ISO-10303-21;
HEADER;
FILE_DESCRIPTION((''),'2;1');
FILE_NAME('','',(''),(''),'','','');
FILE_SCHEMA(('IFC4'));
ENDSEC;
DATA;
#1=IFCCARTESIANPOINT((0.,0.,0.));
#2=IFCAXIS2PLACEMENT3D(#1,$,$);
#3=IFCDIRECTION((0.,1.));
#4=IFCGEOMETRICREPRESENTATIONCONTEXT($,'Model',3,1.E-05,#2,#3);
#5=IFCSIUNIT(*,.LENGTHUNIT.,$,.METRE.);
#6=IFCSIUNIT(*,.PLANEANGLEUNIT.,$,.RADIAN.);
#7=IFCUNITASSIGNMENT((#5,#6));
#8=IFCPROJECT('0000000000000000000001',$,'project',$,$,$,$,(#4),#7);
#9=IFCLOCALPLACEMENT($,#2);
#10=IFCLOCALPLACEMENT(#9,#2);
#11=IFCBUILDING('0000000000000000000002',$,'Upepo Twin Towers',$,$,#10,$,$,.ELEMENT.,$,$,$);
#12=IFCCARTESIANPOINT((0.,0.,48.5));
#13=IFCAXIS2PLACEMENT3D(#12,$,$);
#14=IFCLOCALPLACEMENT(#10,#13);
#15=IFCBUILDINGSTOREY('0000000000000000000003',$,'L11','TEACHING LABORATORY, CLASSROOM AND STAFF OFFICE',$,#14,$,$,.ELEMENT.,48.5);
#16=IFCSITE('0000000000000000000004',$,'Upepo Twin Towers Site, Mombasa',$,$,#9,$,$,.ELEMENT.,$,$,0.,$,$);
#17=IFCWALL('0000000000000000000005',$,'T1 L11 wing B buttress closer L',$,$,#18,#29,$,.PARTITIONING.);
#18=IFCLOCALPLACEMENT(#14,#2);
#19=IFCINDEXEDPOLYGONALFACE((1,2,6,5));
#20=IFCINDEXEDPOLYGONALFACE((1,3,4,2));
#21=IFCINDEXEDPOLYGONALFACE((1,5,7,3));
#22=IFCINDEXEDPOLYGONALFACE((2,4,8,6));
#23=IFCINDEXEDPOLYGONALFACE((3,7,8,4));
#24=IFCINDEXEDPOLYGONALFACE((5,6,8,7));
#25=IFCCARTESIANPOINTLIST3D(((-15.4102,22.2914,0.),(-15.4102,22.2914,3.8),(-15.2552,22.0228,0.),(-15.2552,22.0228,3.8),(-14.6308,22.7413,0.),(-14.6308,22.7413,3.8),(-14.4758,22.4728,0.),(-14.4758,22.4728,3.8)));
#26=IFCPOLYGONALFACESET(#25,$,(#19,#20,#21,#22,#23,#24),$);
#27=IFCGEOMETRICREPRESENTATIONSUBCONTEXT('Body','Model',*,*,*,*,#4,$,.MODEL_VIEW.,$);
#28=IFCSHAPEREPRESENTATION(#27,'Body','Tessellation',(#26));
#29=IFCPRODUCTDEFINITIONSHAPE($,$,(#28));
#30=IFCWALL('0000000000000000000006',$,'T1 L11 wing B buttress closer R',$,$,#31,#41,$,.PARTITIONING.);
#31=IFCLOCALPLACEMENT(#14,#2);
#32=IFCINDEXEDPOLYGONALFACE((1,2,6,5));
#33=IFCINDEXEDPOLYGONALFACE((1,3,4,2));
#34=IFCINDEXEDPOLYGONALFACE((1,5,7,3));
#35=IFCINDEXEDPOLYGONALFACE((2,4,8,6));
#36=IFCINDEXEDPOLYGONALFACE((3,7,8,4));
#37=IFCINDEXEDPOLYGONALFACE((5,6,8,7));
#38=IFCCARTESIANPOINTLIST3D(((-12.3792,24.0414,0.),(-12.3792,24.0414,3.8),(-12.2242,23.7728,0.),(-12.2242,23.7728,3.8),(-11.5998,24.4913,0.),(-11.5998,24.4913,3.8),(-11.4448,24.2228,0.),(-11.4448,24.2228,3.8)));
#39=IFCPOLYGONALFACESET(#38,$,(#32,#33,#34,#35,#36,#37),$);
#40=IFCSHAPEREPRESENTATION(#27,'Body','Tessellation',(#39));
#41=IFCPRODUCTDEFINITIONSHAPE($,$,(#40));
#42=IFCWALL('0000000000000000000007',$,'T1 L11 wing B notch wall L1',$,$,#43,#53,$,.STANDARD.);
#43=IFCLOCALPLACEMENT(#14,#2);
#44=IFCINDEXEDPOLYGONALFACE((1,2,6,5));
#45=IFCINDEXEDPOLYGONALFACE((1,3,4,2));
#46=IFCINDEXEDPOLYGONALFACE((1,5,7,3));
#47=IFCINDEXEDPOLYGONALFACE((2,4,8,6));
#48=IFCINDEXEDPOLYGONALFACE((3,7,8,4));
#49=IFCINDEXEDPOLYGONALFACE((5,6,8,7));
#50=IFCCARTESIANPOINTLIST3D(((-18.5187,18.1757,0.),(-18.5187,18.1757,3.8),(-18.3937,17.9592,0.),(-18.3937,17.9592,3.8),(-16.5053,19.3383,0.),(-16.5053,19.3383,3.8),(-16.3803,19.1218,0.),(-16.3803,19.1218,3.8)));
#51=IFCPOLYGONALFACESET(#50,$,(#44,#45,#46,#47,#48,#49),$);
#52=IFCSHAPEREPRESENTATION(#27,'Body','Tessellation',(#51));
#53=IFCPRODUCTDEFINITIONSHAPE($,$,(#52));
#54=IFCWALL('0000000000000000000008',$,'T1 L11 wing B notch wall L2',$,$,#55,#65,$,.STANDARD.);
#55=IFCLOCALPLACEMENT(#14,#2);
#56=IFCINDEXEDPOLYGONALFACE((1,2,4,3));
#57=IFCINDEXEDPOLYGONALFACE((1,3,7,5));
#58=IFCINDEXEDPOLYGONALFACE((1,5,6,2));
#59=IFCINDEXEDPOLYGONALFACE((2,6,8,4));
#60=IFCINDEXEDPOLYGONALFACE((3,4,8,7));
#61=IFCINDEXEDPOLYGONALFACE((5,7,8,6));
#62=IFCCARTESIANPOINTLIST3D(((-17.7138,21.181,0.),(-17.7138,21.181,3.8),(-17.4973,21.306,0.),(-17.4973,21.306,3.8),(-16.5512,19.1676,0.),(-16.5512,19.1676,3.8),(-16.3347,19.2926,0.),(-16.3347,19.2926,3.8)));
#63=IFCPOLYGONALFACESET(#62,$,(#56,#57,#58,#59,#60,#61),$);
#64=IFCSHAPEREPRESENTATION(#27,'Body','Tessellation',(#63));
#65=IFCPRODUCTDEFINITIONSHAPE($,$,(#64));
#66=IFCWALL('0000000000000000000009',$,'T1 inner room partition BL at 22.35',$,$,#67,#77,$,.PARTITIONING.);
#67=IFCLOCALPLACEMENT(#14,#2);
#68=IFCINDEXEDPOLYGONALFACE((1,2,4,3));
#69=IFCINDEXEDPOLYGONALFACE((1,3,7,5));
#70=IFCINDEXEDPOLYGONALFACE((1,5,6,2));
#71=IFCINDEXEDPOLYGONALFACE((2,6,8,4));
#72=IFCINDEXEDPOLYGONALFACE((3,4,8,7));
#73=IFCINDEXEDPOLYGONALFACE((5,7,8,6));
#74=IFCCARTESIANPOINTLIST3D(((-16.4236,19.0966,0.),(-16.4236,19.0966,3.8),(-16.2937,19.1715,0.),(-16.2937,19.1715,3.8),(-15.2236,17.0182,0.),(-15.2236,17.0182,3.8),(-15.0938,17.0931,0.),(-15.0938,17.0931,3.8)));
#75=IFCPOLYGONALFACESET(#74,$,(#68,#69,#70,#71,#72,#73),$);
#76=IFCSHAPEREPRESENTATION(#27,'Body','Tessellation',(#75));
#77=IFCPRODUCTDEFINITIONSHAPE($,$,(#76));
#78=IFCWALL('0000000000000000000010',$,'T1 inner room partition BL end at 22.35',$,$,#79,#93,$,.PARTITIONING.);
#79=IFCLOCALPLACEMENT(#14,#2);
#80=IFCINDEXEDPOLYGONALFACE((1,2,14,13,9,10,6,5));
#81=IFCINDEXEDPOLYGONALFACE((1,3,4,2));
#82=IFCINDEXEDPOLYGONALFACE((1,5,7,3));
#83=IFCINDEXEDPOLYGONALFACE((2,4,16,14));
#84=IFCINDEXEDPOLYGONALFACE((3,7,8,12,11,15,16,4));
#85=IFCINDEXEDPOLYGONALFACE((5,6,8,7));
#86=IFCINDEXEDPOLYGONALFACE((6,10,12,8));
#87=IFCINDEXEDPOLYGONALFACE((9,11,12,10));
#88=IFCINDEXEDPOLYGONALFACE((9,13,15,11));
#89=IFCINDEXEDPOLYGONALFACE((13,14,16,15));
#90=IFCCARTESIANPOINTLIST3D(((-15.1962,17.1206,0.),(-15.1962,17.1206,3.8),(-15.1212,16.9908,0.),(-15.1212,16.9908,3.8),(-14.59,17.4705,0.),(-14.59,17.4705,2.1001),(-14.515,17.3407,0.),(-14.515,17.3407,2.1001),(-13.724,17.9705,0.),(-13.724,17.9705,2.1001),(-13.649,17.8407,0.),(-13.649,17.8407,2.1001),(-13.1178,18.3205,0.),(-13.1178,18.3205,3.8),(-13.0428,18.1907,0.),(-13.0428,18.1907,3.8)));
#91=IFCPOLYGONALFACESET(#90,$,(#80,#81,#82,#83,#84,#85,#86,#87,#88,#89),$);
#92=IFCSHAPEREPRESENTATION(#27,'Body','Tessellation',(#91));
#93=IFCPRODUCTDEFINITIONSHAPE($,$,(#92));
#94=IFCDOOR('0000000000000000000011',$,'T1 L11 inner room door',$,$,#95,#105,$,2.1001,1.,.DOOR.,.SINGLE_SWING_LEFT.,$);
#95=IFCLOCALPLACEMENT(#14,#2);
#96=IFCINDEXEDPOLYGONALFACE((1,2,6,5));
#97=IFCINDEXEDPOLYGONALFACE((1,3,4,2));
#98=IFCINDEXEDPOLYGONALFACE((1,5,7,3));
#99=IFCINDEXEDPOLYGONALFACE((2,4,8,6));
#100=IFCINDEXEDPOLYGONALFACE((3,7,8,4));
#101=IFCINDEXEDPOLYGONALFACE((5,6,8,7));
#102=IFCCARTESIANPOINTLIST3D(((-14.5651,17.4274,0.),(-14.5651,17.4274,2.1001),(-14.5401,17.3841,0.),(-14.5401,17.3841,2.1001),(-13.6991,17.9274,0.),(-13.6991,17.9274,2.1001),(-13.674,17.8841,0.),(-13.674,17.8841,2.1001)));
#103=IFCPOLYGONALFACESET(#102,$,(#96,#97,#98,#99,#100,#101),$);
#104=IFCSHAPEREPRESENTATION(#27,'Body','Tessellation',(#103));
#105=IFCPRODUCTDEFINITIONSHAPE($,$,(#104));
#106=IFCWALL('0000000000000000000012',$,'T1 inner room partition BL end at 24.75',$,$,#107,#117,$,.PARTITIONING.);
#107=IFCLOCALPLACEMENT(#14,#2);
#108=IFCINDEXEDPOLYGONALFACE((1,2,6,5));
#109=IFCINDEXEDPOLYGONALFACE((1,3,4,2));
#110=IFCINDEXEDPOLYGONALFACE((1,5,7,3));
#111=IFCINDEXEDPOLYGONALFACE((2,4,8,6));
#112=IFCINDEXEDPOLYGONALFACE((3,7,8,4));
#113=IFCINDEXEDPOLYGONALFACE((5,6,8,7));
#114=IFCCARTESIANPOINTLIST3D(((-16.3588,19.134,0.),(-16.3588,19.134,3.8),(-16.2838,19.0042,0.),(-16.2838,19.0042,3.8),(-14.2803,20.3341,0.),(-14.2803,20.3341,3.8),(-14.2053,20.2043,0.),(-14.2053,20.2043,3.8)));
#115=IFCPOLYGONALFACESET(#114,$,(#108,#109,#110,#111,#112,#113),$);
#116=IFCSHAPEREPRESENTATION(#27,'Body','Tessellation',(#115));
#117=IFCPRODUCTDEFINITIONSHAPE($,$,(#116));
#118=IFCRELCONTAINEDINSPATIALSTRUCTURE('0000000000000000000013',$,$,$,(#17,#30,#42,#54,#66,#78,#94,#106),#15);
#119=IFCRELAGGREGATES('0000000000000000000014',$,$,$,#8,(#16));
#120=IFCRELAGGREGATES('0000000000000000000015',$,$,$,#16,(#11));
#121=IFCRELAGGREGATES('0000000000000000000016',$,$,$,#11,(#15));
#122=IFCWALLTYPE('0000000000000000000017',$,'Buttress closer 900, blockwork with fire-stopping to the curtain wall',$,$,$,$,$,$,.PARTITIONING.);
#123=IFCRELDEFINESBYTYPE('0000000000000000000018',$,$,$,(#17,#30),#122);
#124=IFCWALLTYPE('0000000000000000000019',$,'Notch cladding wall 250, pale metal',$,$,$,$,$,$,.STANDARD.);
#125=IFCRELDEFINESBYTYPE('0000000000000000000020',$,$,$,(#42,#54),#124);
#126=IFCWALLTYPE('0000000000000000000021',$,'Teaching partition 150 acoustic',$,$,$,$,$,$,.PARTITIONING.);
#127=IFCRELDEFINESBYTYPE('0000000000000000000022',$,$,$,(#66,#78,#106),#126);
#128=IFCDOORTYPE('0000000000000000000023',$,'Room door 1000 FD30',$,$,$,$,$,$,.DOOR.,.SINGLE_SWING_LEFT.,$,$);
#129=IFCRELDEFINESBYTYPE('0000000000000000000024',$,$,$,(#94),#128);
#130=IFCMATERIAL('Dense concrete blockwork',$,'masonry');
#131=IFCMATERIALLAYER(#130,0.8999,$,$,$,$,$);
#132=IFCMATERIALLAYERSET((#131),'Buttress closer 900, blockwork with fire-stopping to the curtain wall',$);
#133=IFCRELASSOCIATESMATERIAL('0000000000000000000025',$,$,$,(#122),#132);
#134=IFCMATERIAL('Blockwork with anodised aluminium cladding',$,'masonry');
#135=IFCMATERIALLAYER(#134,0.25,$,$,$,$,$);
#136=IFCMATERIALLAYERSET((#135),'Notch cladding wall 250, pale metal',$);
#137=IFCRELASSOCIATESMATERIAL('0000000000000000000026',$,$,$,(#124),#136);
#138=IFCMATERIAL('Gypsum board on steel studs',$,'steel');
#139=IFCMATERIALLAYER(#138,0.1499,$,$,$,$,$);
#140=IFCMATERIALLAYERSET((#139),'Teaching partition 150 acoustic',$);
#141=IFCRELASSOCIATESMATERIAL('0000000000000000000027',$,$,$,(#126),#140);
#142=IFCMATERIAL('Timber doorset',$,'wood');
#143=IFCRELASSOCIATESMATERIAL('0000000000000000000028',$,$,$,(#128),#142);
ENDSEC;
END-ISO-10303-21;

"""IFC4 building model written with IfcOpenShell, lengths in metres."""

from ifc_helpers import new_model, si_unit, direction, frame, frame_2d, origin, place, context, subcontext, project, spatial, rectangle, extrude, material, layer, layer_set, type_object, element, fill, save


model = new_model("IFC4")

# Units and contexts
model_context = context("Model", 3, precision=1e-05, world=origin(), true_north=direction((0.0, 1.0)))
body_context = subcontext(model_context, "Body", "Model", "MODEL_VIEW")
ifc_project = project(units=[si_unit("LENGTHUNIT", "METRE"), si_unit("PLANEANGLEUNIT", "RADIAN")], contexts=[model_context])

# Site, building, storey
site_placement = place(None, origin())
site = spatial("IfcSite", under=ifc_project, at=site_placement, Name="Upepo Twin Towers Site, Mombasa", CompositionType="ELEMENT", RefElevation=0.0)
building_placement = place(site_placement, origin())
building = spatial("IfcBuilding", under=site, at=building_placement, Name="Upepo Twin Towers", CompositionType="ELEMENT")
storey_placement = place(building_placement, frame((0.0, 0.0, 48.5)))
storey = spatial("IfcBuildingStorey", under=building, at=storey_placement, Name="L11", Description="TEACHING LABORATORY, CLASSROOM AND STAFF OFFICE", CompositionType="ELEMENT", Elevation=48.5)

# Walls
ifc_material_1 = material(Name="Dense concrete blockwork", Category="masonry")
ifc_layer_1 = layer(ifc_material_1, 0.8999)
ifc_layer_set_1 = layer_set([ifc_layer_1], Name="Buttress closer 900, blockwork with fire-stopping to the curtain wall")
wall_type_1 = type_object("IfcWallType", Name="Buttress closer 900, blockwork with fire-stopping to the curtain wall", PredefinedType="PARTITIONING", material=ifc_layer_set_1)
for number, where, z_axis, x_axis, name in (
    (1, (-14.8655, 22.2478, 0.0), (0.0, 0.0, 1.0), (-0.49995, 0.866054, 0.0), "T1 L11 wing B buttress closer L"),
    (2, (-11.8345, 23.9978, 0.0), (0.0, 0.0, 1.0), (-0.49995, 0.866054, 0.0), "T1 L11 wing B buttress closer R"),
):
    element("IfcWall", number, at=place(storey_placement, frame(where, z_axis=z_axis, x_axis=x_axis)), inside=storey, type_object=wall_type_1, Name=name, PredefinedType="PARTITIONING", context=body_context, shape_type="SweptSolid", body=[
        extrude(rectangle(XDim=0.3101, YDim=0.8999, at=frame_2d((0.155, 0.0))), origin(), (0.0, 0.0, 1.0), 3.8),
    ])
ifc_material_2 = material(Name="Blockwork with anodised aluminium cladding", Category="masonry")
ifc_layer_2 = layer(ifc_material_2, 0.25)
ifc_layer_set_2 = layer_set([ifc_layer_2], Name="Notch cladding wall 250, pale metal")
wall_type_2 = type_object("IfcWallType", Name="Notch cladding wall 250, pale metal", PredefinedType="STANDARD", material=ifc_layer_set_2)
for number, where, z_axis, x_axis, name in (
    (3, (-18.4563, 18.0674, 0.0), (0.0, 0.0, 1.0), (0.865998, 0.500047, 0.0), "T1 L11 wing B notch wall L1"),
    (4, (-16.4429, 19.23, 0.0), (0.0, 0.0, 1.0), (-0.500047, 0.865998, 0.0), "T1 L11 wing B notch wall L2"),
):
    element("IfcWall", number, at=place(storey_placement, frame(where, z_axis=z_axis, x_axis=x_axis)), inside=storey, type_object=wall_type_2, Name=name, PredefinedType="STANDARD", context=body_context, shape_type="SweptSolid", body=[
        extrude(rectangle(XDim=2.325, YDim=0.25, at=frame_2d((1.1626, 0.0))), origin(), (0.0, 0.0, 1.0), 3.8),
    ])
ifc_material_3 = material(Name="Gypsum board on steel studs", Category="steel")
ifc_layer_3 = layer(ifc_material_3, 0.1499)
ifc_layer_set_3 = layer_set([ifc_layer_3], Name="Teaching partition 150 acoustic")
wall_type_3 = type_object("IfcWallType", Name="Teaching partition 150 acoustic", PredefinedType="PARTITIONING", material=ifc_layer_set_3)
wall_1_placement = place(storey_placement, frame((-15.1587, 17.0557, 0.0), z_axis=(0.0, 0.0, 1.0), x_axis=(-0.500001, 0.866025, 0.0)))
element("IfcWall", 5, at=wall_1_placement, inside=storey, type_object=wall_type_3, Name="T1 inner room partition BL at 22.35", PredefinedType="PARTITIONING", context=body_context, shape_type="SweptSolid", body=[
    extrude(rectangle(XDim=2.3999, YDim=0.1499, at=frame_2d((1.2, 0.0))), origin(), (0.0, 0.0, 1.0), 3.8),
])

# Wall, opening, door
wall_2_placement = place(storey_placement, frame((-13.0803, 18.2556, 0.0), z_axis=(0.0, 0.0, 1.0), x_axis=(-0.866025, -0.500001, 0.0)))
wall_2 = element("IfcWall", 6, at=wall_2_placement, inside=storey, type_object=wall_type_3, Name="T1 inner room partition BL end at 22.35", PredefinedType="PARTITIONING", context=body_context, shape_type="SweptSolid", body=[
    extrude(rectangle(XDim=2.3999, YDim=0.1499, at=frame_2d((1.2, 0.0))), origin(), (0.0, 0.0, 1.0), 3.8),
])
opening_placement = place(wall_2_placement, frame((0.7, 0.0, 0.0)))
opening = element("IfcOpeningElement", 7, at=opening_placement, cuts=wall_2, PredefinedType="OPENING", context=body_context, shape_type="SweptSolid", body=[
    extrude(rectangle(XDim=1.0, YDim=2.1001, at=frame_2d((0.5, 1.05))), frame((0.0, 0.085, 0.0), z_axis=(0.0, -1.0, 0.0), x_axis=(1.0, 0.0, 0.0)), (0.0, 0.0, 1.0), 0.1699),
])
ifc_material_4 = material(Name="Timber doorset", Category="wood")
door_type = type_object("IfcDoorType", Name="Room door 1000 FD30", OperationType="SINGLE_SWING_LEFT", PredefinedType="DOOR", material=ifc_material_4)
door_placement = place(opening_placement, origin())
door = element("IfcDoor", 8, at=door_placement, inside=storey, type_object=door_type, Name="T1 L11 inner room door", OperationType="SINGLE_SWING_LEFT", OverallHeight=2.1001, OverallWidth=1.0, PredefinedType="DOOR", context=body_context, shape_type="SweptSolid", body=[
    extrude(rectangle(XDim=1.0, YDim=2.1001, at=frame_2d((0.5, 1.05))), frame((0.0, 0.0249, 0.0), z_axis=(0.0, -1.0, 0.0), x_axis=(1.0, 0.0, 0.0)), (0.0, 0.0, 1.0), 0.05),
])
fill(opening, door)

# Wall
wall_3_placement = place(storey_placement, frame((-14.2427, 20.2693, 0.0), z_axis=(0.0, 0.0, 1.0), x_axis=(-0.866006, -0.500034, 0.0)))
element("IfcWall", 9, at=wall_3_placement, inside=storey, type_object=wall_type_3, Name="T1 inner room partition BL end at 24.75", PredefinedType="PARTITIONING", context=body_context, shape_type="SweptSolid", body=[
    extrude(rectangle(XDim=2.4001, YDim=0.1499, at=frame_2d((1.2002, 0.0))), origin(), (0.0, 0.0, 1.0), 3.8),
])

save(model, "model.ifc")
